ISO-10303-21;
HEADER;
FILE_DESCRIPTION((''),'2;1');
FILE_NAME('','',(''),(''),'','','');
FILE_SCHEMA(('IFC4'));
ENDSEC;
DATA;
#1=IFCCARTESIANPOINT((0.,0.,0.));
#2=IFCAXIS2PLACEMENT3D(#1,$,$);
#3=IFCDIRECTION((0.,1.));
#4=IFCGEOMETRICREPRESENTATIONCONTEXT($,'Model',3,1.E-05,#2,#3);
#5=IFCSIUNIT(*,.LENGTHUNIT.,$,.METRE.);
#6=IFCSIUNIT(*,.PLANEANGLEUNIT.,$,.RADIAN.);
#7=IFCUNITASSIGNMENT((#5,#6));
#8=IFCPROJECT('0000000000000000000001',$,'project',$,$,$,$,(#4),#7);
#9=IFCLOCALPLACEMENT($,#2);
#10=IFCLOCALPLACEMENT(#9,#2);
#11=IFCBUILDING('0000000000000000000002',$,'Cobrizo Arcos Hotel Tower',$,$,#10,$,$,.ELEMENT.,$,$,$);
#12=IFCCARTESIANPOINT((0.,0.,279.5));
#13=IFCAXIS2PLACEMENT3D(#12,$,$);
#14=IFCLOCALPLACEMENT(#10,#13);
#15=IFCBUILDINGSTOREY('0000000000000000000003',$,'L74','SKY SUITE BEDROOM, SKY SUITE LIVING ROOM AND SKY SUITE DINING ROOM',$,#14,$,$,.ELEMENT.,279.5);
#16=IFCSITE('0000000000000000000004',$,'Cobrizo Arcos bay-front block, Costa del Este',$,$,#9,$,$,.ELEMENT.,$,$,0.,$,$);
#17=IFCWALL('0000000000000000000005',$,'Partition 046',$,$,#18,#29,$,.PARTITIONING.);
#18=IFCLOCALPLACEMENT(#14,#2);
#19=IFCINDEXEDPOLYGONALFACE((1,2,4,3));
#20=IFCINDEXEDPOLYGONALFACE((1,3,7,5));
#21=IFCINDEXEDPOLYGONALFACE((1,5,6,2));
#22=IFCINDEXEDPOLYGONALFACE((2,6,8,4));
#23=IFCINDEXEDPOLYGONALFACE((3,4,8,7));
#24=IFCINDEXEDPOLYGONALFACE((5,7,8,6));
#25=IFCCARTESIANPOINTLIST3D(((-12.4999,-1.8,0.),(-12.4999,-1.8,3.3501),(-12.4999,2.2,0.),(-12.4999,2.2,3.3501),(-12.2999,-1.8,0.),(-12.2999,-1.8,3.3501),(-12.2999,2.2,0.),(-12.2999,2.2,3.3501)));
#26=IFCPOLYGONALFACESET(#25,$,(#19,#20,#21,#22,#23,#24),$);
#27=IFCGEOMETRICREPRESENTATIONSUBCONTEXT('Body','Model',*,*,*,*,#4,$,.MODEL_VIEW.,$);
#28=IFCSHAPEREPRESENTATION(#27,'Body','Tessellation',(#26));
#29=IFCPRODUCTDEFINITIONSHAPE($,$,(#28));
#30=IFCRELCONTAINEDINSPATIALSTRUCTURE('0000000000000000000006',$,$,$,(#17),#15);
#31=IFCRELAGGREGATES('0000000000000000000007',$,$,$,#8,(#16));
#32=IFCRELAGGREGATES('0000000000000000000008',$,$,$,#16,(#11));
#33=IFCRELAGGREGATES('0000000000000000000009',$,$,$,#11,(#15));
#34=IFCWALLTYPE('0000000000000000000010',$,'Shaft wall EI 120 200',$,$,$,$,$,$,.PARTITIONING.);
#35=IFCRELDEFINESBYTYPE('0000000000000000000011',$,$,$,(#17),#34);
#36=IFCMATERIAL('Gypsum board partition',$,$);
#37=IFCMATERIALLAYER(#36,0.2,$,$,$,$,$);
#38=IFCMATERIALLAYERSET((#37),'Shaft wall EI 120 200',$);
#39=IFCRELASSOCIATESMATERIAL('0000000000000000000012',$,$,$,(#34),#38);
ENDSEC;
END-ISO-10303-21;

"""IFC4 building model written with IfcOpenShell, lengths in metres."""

from ifc_helpers import new_model, si_unit, direction, frame, frame_2d, origin, place, context, subcontext, project, spatial, rectangle, extrude, material, layer, layer_set, type_object, element, save


model = new_model("IFC4")

# Units and contexts
model_context = context("Model", 3, precision=1e-05, world=origin(), true_north=direction((0.0, 1.0)))
body_context = subcontext(model_context, "Body", "Model", "MODEL_VIEW")
ifc_project = project(units=[si_unit("LENGTHUNIT", "METRE"), si_unit("PLANEANGLEUNIT", "RADIAN")], contexts=[model_context])

# Site, building, storey
site_placement = place(None, origin())
site = spatial("IfcSite", under=ifc_project, at=site_placement, Name="Cobrizo Arcos bay-front block, Costa del Este", CompositionType="ELEMENT", RefElevation=0.0)
building_placement = place(site_placement, origin())
building = spatial("IfcBuilding", under=site, at=building_placement, Name="Cobrizo Arcos Hotel Tower", CompositionType="ELEMENT")
storey_placement = place(building_placement, frame((0.0, 0.0, 279.5)))
storey = spatial("IfcBuildingStorey", under=building, at=storey_placement, Name="L74", Description="SKY SUITE BEDROOM, SKY SUITE LIVING ROOM AND SKY SUITE DINING ROOM", CompositionType="ELEMENT", Elevation=279.5)

# Shared definitions
ifc_material_1 = material(Name="Gypsum board partition")

# Wall
ifc_layer_1 = layer(ifc_material_1, 0.2)
ifc_layer_set_1 = layer_set([ifc_layer_1], Name="Shaft wall EI 120 200")
wall_type_1 = type_object("IfcWallType", Name="Shaft wall EI 120 200", PredefinedType="PARTITIONING", material=ifc_layer_set_1)
wall_1_placement = place(storey_placement, frame((-12.3999, -1.8, 0.0), z_axis=(0.0, 0.0, 1.0), x_axis=(0.0, 1.0, 0.0)))
element("IfcWall", 1, at=wall_1_placement, inside=storey, type_object=wall_type_1, Name="Partition 046", PredefinedType="PARTITIONING", context=body_context, shape_type="SweptSolid", body=[
    extrude(rectangle(XDim=4.0, YDim=0.2, at=frame_2d((2.0, 0.0))), origin(), (0.0, 0.0, 1.0), 3.3501),
])

save(model, "model.ifc")
